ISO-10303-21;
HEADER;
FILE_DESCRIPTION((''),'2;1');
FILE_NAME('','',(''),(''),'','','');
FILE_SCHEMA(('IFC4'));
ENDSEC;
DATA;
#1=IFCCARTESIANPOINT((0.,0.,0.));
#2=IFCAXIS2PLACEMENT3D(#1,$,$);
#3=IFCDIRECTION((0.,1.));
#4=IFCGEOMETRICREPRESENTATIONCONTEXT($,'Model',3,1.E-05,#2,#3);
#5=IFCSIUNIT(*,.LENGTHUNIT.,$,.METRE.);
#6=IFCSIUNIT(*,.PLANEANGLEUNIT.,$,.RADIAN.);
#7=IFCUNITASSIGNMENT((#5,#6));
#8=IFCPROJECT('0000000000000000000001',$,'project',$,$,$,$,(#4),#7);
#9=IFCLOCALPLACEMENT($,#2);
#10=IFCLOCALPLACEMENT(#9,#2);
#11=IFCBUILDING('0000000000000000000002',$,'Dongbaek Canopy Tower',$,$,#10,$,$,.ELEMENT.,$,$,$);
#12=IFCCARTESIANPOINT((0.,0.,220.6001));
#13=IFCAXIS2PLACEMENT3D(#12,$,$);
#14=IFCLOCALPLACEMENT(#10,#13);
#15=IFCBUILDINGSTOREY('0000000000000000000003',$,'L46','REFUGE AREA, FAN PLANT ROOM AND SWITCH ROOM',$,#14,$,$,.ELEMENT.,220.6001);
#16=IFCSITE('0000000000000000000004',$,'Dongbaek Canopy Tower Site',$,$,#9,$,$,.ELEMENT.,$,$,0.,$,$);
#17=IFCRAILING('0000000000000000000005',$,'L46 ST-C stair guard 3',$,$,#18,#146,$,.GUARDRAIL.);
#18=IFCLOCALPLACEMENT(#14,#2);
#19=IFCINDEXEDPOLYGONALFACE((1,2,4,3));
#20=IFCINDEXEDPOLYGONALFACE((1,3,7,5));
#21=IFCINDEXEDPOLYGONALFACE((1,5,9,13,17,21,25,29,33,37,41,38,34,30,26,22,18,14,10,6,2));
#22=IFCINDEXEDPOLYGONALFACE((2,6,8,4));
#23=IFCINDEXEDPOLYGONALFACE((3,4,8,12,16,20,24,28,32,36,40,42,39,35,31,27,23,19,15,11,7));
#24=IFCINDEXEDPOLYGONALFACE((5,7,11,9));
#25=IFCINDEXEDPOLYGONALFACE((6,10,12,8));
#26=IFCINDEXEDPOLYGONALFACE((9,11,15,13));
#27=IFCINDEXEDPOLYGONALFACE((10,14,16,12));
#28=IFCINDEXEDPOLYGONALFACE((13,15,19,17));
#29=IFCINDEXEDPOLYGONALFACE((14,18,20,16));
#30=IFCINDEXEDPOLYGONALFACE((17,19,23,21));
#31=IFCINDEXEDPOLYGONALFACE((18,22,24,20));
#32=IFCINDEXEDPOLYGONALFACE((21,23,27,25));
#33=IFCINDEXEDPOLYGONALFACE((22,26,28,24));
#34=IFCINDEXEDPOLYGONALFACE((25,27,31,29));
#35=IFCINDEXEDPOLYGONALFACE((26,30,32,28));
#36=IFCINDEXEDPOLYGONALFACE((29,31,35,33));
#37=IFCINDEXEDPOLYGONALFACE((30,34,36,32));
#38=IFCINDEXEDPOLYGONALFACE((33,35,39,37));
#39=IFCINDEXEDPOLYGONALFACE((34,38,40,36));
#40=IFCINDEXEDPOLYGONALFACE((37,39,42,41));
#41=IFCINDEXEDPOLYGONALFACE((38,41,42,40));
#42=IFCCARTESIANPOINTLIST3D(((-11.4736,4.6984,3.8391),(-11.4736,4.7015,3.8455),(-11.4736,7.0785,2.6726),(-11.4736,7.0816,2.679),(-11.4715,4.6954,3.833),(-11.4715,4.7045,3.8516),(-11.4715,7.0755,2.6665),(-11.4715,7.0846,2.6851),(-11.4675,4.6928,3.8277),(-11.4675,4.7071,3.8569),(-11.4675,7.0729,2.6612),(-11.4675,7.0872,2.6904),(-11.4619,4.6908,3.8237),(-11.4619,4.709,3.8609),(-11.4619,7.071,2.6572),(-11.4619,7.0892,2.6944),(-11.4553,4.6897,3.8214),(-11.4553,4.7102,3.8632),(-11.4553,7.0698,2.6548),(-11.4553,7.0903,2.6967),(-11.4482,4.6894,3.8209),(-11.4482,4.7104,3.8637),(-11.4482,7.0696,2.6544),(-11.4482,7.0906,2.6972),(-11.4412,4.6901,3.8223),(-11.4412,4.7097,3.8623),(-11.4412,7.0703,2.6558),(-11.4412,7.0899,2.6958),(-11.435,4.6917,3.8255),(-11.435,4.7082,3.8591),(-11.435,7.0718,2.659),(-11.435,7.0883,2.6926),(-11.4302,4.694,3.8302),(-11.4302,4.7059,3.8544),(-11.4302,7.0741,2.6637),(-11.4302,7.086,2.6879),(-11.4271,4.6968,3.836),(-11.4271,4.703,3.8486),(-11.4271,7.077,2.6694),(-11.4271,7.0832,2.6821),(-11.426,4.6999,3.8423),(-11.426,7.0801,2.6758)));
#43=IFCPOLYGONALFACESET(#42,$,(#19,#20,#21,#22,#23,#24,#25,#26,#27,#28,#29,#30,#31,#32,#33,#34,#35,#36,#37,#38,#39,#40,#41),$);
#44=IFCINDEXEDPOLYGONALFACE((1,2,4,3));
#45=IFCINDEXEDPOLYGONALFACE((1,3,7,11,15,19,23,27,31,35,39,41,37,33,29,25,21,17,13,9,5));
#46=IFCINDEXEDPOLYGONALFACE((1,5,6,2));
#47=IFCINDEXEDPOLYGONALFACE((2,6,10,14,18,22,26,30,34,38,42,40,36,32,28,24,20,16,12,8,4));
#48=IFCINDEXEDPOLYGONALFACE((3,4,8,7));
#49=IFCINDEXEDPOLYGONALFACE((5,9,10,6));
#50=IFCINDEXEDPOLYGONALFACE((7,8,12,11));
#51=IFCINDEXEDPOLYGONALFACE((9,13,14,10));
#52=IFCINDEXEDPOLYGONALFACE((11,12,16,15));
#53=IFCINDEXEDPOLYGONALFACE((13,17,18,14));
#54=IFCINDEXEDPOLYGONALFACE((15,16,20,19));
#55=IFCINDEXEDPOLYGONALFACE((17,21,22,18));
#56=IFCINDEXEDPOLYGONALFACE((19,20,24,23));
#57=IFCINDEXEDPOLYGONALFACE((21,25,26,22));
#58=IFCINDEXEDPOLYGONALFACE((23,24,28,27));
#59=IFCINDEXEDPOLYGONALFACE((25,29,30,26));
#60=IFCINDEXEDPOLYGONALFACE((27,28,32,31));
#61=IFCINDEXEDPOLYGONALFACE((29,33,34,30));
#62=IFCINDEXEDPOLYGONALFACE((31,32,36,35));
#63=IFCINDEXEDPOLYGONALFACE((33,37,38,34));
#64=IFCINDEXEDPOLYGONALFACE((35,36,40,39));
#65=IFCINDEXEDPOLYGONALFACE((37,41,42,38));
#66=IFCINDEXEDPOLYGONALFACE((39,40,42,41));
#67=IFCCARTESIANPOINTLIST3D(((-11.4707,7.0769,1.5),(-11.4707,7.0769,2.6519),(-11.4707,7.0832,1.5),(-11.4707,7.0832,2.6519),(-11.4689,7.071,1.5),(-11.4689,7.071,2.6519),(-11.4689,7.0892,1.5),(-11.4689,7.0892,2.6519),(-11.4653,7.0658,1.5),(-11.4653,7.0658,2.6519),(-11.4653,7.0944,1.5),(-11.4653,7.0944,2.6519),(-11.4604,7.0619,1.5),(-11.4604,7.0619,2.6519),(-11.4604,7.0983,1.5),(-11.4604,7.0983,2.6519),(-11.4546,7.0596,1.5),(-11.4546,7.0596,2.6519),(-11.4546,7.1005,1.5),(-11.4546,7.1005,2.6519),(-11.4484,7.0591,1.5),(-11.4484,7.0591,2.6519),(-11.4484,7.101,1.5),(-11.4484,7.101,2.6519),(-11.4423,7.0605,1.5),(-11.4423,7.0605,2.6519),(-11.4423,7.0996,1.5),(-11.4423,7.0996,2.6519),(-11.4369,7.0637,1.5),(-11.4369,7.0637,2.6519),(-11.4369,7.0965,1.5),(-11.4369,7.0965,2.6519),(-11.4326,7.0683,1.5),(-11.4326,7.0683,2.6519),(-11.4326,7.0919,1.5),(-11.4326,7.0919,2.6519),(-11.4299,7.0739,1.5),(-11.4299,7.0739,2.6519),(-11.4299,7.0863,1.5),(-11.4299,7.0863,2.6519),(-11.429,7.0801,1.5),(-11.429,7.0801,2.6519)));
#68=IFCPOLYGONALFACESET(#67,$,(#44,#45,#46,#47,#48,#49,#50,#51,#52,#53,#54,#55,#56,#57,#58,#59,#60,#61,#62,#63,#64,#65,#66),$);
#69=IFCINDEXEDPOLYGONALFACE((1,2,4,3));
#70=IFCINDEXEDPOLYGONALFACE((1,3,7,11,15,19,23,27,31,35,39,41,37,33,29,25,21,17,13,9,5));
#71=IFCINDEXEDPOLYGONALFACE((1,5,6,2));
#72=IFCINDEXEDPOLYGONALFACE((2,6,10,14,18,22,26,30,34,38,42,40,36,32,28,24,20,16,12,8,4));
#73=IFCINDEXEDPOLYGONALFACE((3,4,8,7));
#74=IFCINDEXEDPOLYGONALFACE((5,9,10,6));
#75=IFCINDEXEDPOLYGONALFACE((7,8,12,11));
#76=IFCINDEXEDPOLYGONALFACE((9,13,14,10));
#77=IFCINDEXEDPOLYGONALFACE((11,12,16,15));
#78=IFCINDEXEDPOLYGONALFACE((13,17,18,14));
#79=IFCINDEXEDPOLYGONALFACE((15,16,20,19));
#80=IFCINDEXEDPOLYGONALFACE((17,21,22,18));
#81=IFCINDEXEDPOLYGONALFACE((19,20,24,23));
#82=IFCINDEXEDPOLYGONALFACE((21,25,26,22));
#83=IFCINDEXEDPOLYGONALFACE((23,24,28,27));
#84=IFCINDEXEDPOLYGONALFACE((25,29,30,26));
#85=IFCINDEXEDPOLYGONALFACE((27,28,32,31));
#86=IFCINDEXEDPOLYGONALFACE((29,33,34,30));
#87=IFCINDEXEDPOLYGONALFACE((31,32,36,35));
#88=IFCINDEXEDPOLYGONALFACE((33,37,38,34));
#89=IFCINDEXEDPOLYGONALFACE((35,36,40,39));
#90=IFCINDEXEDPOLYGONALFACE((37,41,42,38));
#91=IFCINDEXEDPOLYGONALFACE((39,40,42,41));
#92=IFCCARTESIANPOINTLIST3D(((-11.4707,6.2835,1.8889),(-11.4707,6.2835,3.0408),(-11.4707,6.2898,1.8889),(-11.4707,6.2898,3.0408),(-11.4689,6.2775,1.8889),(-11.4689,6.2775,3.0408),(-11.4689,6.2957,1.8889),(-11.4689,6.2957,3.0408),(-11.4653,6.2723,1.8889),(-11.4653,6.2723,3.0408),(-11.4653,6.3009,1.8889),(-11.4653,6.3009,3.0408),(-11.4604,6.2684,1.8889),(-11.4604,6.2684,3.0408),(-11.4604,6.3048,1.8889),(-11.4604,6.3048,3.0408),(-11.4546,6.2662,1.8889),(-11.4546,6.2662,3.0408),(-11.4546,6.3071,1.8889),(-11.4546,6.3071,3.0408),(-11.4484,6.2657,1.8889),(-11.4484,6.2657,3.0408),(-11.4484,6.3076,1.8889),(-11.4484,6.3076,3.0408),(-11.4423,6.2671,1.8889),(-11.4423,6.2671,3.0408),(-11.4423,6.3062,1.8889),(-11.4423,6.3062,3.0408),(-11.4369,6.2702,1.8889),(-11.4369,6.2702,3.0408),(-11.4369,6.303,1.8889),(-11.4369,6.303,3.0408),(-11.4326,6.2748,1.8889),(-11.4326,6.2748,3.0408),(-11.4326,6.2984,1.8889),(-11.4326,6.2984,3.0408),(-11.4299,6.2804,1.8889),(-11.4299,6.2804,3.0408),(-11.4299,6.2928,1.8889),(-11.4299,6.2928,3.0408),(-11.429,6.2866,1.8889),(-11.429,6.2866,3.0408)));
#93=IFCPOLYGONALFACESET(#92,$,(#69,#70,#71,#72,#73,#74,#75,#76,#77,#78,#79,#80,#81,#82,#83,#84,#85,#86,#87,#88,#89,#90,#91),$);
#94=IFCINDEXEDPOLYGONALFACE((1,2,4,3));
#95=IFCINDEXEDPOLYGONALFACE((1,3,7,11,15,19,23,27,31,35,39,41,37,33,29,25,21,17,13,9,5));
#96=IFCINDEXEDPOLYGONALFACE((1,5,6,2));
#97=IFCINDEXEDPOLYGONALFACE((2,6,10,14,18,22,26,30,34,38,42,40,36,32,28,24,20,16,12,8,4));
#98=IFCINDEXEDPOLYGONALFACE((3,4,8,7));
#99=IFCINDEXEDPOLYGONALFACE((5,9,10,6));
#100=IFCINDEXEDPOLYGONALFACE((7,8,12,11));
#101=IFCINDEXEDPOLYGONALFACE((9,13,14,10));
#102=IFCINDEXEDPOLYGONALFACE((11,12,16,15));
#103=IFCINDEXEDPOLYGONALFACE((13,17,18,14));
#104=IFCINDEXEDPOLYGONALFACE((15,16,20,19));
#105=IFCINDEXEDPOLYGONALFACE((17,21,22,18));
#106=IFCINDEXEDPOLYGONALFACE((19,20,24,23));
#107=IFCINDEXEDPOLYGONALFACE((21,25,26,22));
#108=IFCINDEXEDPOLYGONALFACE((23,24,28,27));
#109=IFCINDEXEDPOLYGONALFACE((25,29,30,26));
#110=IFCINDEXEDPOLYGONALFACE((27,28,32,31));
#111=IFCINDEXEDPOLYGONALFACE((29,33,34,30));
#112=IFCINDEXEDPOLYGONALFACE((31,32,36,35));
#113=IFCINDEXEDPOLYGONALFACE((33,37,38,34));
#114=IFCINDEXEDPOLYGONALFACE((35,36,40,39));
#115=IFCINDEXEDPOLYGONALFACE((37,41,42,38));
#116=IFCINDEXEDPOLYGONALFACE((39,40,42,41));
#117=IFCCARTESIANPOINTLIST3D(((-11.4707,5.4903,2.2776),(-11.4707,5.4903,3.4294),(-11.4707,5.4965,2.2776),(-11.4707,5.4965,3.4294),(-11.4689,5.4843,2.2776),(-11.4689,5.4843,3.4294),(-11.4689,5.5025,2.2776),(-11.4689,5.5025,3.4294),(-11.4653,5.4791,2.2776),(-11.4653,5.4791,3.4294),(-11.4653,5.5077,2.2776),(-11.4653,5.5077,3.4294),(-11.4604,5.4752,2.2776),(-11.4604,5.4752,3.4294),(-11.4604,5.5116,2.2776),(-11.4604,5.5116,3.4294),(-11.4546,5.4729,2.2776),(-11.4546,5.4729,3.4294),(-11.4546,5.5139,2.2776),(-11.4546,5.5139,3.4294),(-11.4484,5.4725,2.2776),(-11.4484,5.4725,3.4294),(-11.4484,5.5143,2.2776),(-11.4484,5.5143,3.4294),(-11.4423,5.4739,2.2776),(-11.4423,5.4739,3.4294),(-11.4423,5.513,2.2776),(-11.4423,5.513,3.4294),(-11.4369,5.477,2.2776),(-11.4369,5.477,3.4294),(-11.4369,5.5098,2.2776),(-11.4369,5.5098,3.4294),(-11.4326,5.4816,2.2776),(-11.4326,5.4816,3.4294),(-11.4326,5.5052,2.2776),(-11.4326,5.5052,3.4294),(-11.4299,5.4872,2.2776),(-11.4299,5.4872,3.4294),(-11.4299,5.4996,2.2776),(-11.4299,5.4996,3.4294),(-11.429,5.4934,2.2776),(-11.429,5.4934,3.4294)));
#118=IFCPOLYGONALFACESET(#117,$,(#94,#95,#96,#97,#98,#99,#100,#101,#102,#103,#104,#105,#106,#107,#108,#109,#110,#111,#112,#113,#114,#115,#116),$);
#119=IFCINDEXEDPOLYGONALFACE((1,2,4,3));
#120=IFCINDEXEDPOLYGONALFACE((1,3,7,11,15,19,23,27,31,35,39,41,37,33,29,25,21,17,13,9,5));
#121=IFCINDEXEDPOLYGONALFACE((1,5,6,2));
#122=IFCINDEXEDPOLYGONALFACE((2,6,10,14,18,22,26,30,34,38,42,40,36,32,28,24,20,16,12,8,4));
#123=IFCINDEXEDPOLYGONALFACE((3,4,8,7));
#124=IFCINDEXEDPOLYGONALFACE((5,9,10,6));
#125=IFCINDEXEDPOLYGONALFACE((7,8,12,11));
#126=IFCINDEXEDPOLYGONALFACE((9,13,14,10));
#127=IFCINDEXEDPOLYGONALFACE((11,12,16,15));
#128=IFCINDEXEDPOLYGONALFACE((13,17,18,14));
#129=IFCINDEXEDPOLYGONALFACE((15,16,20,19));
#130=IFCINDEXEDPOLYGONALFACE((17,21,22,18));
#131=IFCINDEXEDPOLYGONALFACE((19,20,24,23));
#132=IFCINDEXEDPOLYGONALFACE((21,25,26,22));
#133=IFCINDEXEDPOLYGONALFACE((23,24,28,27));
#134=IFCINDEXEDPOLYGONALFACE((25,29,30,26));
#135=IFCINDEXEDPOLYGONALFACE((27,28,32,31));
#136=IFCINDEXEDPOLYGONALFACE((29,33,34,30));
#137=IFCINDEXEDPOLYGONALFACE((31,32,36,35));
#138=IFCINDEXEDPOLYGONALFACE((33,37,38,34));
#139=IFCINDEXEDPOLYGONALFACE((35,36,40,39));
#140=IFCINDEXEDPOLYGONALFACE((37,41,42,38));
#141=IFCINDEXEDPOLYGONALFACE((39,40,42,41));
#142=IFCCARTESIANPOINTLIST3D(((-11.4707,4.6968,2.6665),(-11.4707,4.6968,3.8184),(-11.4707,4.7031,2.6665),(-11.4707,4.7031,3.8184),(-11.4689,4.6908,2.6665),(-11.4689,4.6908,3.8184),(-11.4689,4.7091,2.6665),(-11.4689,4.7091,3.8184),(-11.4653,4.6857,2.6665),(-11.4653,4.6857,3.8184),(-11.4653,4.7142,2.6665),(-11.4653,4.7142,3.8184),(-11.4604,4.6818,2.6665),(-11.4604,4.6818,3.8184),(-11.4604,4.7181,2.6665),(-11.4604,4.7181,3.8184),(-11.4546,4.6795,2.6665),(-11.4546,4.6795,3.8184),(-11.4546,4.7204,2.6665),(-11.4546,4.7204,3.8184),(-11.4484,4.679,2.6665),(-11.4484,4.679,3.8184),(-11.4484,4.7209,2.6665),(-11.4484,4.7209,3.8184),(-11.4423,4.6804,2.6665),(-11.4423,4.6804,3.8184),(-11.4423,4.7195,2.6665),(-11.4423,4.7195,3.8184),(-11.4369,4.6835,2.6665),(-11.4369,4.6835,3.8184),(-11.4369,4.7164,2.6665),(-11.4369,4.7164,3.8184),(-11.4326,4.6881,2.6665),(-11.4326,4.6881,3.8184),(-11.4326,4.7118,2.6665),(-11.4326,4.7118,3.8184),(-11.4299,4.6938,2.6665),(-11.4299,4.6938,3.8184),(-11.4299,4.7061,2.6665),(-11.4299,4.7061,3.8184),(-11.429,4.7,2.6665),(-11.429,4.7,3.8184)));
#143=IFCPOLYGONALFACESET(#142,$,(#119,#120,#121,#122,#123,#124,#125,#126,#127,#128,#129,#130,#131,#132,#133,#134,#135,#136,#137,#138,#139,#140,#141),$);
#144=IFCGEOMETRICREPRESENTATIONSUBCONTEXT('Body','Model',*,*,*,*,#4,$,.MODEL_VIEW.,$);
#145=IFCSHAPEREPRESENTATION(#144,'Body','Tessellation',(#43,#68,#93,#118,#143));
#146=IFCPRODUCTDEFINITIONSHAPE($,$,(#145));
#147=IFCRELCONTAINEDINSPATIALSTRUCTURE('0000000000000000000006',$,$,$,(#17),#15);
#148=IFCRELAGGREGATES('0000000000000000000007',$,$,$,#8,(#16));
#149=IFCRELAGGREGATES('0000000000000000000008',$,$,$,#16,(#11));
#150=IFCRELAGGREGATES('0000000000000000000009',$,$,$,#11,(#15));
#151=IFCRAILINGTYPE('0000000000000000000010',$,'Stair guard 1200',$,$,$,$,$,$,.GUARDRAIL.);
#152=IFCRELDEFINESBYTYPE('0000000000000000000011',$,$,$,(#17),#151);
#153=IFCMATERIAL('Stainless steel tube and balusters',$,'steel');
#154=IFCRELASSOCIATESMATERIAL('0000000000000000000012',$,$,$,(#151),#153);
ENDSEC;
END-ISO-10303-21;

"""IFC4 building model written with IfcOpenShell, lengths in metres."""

from ifc_helpers import new_model, si_unit, direction, frame, origin, origin_2d, place, context, subcontext, project, spatial, circle, extrude, material, type_object, element, save


model = new_model("IFC4")

# Units and contexts
model_context = context("Model", 3, precision=1e-05, world=origin(), true_north=direction((0.0, 1.0)))
body_context = subcontext(model_context, "Body", "Model", "MODEL_VIEW")
ifc_project = project(units=[si_unit("LENGTHUNIT", "METRE"), si_unit("PLANEANGLEUNIT", "RADIAN")], contexts=[model_context])

# Site, building, storey
site_placement = place(None, origin())
site = spatial("IfcSite", under=ifc_project, at=site_placement, Name="Dongbaek Canopy Tower Site", CompositionType="ELEMENT", RefElevation=0.0)
building_placement = place(site_placement, origin())
building = spatial("IfcBuilding", under=site, at=building_placement, Name="Dongbaek Canopy Tower", CompositionType="ELEMENT")
storey_placement = place(building_placement, frame((0.0, 0.0, 220.6001)))
storey = spatial("IfcBuildingStorey", under=building, at=storey_placement, Name="L46", Description="REFUGE AREA, FAN PLANT ROOM AND SWITCH ROOM", CompositionType="ELEMENT", Elevation=220.6001)

# Railing
ifc_material_1 = material(Name="Stainless steel tube and balusters", Category="steel")
railing_type_1 = type_object("IfcRailingType", Name="Stair guard 1200", PredefinedType="GUARDRAIL", material=ifc_material_1)
railing_1_placement = place(storey_placement, frame((-11.45, 7.0801, 1.5)))
element("IfcRailing", 1, at=railing_1_placement, inside=storey, type_object=railing_type_1, Name="L46 ST-C stair guard 3", PredefinedType="GUARDRAIL", context=body_context, shape_type="SweptSolid", body=[
    extrude(circle(Radius=0.0239, at=origin_2d()), frame((0.0, 0.0, 1.1758), z_axis=(0.0, -0.897954, 0.440089), x_axis=(1.0, 0.0, 0.0)), (0.0, 0.0, 1.0), 2.6506),
    extrude(circle(Radius=0.021, at=origin_2d()), origin(), (0.0, 0.0, 1.0), 1.1519),
    extrude(circle(Radius=0.021, at=origin_2d()), frame((0.0, -0.7935, 0.3889)), (0.0, 0.0, 1.0), 1.1519),
    extrude(circle(Radius=0.021, at=origin_2d()), frame((0.0, -1.5867, 0.7776)), (0.0, 0.0, 1.0), 1.1519),
    extrude(circle(Radius=0.021, at=origin_2d()), frame((0.0, -2.3801, 1.1665)), (0.0, 0.0, 1.0), 1.1519),
])

save(model, "model.ifc")
